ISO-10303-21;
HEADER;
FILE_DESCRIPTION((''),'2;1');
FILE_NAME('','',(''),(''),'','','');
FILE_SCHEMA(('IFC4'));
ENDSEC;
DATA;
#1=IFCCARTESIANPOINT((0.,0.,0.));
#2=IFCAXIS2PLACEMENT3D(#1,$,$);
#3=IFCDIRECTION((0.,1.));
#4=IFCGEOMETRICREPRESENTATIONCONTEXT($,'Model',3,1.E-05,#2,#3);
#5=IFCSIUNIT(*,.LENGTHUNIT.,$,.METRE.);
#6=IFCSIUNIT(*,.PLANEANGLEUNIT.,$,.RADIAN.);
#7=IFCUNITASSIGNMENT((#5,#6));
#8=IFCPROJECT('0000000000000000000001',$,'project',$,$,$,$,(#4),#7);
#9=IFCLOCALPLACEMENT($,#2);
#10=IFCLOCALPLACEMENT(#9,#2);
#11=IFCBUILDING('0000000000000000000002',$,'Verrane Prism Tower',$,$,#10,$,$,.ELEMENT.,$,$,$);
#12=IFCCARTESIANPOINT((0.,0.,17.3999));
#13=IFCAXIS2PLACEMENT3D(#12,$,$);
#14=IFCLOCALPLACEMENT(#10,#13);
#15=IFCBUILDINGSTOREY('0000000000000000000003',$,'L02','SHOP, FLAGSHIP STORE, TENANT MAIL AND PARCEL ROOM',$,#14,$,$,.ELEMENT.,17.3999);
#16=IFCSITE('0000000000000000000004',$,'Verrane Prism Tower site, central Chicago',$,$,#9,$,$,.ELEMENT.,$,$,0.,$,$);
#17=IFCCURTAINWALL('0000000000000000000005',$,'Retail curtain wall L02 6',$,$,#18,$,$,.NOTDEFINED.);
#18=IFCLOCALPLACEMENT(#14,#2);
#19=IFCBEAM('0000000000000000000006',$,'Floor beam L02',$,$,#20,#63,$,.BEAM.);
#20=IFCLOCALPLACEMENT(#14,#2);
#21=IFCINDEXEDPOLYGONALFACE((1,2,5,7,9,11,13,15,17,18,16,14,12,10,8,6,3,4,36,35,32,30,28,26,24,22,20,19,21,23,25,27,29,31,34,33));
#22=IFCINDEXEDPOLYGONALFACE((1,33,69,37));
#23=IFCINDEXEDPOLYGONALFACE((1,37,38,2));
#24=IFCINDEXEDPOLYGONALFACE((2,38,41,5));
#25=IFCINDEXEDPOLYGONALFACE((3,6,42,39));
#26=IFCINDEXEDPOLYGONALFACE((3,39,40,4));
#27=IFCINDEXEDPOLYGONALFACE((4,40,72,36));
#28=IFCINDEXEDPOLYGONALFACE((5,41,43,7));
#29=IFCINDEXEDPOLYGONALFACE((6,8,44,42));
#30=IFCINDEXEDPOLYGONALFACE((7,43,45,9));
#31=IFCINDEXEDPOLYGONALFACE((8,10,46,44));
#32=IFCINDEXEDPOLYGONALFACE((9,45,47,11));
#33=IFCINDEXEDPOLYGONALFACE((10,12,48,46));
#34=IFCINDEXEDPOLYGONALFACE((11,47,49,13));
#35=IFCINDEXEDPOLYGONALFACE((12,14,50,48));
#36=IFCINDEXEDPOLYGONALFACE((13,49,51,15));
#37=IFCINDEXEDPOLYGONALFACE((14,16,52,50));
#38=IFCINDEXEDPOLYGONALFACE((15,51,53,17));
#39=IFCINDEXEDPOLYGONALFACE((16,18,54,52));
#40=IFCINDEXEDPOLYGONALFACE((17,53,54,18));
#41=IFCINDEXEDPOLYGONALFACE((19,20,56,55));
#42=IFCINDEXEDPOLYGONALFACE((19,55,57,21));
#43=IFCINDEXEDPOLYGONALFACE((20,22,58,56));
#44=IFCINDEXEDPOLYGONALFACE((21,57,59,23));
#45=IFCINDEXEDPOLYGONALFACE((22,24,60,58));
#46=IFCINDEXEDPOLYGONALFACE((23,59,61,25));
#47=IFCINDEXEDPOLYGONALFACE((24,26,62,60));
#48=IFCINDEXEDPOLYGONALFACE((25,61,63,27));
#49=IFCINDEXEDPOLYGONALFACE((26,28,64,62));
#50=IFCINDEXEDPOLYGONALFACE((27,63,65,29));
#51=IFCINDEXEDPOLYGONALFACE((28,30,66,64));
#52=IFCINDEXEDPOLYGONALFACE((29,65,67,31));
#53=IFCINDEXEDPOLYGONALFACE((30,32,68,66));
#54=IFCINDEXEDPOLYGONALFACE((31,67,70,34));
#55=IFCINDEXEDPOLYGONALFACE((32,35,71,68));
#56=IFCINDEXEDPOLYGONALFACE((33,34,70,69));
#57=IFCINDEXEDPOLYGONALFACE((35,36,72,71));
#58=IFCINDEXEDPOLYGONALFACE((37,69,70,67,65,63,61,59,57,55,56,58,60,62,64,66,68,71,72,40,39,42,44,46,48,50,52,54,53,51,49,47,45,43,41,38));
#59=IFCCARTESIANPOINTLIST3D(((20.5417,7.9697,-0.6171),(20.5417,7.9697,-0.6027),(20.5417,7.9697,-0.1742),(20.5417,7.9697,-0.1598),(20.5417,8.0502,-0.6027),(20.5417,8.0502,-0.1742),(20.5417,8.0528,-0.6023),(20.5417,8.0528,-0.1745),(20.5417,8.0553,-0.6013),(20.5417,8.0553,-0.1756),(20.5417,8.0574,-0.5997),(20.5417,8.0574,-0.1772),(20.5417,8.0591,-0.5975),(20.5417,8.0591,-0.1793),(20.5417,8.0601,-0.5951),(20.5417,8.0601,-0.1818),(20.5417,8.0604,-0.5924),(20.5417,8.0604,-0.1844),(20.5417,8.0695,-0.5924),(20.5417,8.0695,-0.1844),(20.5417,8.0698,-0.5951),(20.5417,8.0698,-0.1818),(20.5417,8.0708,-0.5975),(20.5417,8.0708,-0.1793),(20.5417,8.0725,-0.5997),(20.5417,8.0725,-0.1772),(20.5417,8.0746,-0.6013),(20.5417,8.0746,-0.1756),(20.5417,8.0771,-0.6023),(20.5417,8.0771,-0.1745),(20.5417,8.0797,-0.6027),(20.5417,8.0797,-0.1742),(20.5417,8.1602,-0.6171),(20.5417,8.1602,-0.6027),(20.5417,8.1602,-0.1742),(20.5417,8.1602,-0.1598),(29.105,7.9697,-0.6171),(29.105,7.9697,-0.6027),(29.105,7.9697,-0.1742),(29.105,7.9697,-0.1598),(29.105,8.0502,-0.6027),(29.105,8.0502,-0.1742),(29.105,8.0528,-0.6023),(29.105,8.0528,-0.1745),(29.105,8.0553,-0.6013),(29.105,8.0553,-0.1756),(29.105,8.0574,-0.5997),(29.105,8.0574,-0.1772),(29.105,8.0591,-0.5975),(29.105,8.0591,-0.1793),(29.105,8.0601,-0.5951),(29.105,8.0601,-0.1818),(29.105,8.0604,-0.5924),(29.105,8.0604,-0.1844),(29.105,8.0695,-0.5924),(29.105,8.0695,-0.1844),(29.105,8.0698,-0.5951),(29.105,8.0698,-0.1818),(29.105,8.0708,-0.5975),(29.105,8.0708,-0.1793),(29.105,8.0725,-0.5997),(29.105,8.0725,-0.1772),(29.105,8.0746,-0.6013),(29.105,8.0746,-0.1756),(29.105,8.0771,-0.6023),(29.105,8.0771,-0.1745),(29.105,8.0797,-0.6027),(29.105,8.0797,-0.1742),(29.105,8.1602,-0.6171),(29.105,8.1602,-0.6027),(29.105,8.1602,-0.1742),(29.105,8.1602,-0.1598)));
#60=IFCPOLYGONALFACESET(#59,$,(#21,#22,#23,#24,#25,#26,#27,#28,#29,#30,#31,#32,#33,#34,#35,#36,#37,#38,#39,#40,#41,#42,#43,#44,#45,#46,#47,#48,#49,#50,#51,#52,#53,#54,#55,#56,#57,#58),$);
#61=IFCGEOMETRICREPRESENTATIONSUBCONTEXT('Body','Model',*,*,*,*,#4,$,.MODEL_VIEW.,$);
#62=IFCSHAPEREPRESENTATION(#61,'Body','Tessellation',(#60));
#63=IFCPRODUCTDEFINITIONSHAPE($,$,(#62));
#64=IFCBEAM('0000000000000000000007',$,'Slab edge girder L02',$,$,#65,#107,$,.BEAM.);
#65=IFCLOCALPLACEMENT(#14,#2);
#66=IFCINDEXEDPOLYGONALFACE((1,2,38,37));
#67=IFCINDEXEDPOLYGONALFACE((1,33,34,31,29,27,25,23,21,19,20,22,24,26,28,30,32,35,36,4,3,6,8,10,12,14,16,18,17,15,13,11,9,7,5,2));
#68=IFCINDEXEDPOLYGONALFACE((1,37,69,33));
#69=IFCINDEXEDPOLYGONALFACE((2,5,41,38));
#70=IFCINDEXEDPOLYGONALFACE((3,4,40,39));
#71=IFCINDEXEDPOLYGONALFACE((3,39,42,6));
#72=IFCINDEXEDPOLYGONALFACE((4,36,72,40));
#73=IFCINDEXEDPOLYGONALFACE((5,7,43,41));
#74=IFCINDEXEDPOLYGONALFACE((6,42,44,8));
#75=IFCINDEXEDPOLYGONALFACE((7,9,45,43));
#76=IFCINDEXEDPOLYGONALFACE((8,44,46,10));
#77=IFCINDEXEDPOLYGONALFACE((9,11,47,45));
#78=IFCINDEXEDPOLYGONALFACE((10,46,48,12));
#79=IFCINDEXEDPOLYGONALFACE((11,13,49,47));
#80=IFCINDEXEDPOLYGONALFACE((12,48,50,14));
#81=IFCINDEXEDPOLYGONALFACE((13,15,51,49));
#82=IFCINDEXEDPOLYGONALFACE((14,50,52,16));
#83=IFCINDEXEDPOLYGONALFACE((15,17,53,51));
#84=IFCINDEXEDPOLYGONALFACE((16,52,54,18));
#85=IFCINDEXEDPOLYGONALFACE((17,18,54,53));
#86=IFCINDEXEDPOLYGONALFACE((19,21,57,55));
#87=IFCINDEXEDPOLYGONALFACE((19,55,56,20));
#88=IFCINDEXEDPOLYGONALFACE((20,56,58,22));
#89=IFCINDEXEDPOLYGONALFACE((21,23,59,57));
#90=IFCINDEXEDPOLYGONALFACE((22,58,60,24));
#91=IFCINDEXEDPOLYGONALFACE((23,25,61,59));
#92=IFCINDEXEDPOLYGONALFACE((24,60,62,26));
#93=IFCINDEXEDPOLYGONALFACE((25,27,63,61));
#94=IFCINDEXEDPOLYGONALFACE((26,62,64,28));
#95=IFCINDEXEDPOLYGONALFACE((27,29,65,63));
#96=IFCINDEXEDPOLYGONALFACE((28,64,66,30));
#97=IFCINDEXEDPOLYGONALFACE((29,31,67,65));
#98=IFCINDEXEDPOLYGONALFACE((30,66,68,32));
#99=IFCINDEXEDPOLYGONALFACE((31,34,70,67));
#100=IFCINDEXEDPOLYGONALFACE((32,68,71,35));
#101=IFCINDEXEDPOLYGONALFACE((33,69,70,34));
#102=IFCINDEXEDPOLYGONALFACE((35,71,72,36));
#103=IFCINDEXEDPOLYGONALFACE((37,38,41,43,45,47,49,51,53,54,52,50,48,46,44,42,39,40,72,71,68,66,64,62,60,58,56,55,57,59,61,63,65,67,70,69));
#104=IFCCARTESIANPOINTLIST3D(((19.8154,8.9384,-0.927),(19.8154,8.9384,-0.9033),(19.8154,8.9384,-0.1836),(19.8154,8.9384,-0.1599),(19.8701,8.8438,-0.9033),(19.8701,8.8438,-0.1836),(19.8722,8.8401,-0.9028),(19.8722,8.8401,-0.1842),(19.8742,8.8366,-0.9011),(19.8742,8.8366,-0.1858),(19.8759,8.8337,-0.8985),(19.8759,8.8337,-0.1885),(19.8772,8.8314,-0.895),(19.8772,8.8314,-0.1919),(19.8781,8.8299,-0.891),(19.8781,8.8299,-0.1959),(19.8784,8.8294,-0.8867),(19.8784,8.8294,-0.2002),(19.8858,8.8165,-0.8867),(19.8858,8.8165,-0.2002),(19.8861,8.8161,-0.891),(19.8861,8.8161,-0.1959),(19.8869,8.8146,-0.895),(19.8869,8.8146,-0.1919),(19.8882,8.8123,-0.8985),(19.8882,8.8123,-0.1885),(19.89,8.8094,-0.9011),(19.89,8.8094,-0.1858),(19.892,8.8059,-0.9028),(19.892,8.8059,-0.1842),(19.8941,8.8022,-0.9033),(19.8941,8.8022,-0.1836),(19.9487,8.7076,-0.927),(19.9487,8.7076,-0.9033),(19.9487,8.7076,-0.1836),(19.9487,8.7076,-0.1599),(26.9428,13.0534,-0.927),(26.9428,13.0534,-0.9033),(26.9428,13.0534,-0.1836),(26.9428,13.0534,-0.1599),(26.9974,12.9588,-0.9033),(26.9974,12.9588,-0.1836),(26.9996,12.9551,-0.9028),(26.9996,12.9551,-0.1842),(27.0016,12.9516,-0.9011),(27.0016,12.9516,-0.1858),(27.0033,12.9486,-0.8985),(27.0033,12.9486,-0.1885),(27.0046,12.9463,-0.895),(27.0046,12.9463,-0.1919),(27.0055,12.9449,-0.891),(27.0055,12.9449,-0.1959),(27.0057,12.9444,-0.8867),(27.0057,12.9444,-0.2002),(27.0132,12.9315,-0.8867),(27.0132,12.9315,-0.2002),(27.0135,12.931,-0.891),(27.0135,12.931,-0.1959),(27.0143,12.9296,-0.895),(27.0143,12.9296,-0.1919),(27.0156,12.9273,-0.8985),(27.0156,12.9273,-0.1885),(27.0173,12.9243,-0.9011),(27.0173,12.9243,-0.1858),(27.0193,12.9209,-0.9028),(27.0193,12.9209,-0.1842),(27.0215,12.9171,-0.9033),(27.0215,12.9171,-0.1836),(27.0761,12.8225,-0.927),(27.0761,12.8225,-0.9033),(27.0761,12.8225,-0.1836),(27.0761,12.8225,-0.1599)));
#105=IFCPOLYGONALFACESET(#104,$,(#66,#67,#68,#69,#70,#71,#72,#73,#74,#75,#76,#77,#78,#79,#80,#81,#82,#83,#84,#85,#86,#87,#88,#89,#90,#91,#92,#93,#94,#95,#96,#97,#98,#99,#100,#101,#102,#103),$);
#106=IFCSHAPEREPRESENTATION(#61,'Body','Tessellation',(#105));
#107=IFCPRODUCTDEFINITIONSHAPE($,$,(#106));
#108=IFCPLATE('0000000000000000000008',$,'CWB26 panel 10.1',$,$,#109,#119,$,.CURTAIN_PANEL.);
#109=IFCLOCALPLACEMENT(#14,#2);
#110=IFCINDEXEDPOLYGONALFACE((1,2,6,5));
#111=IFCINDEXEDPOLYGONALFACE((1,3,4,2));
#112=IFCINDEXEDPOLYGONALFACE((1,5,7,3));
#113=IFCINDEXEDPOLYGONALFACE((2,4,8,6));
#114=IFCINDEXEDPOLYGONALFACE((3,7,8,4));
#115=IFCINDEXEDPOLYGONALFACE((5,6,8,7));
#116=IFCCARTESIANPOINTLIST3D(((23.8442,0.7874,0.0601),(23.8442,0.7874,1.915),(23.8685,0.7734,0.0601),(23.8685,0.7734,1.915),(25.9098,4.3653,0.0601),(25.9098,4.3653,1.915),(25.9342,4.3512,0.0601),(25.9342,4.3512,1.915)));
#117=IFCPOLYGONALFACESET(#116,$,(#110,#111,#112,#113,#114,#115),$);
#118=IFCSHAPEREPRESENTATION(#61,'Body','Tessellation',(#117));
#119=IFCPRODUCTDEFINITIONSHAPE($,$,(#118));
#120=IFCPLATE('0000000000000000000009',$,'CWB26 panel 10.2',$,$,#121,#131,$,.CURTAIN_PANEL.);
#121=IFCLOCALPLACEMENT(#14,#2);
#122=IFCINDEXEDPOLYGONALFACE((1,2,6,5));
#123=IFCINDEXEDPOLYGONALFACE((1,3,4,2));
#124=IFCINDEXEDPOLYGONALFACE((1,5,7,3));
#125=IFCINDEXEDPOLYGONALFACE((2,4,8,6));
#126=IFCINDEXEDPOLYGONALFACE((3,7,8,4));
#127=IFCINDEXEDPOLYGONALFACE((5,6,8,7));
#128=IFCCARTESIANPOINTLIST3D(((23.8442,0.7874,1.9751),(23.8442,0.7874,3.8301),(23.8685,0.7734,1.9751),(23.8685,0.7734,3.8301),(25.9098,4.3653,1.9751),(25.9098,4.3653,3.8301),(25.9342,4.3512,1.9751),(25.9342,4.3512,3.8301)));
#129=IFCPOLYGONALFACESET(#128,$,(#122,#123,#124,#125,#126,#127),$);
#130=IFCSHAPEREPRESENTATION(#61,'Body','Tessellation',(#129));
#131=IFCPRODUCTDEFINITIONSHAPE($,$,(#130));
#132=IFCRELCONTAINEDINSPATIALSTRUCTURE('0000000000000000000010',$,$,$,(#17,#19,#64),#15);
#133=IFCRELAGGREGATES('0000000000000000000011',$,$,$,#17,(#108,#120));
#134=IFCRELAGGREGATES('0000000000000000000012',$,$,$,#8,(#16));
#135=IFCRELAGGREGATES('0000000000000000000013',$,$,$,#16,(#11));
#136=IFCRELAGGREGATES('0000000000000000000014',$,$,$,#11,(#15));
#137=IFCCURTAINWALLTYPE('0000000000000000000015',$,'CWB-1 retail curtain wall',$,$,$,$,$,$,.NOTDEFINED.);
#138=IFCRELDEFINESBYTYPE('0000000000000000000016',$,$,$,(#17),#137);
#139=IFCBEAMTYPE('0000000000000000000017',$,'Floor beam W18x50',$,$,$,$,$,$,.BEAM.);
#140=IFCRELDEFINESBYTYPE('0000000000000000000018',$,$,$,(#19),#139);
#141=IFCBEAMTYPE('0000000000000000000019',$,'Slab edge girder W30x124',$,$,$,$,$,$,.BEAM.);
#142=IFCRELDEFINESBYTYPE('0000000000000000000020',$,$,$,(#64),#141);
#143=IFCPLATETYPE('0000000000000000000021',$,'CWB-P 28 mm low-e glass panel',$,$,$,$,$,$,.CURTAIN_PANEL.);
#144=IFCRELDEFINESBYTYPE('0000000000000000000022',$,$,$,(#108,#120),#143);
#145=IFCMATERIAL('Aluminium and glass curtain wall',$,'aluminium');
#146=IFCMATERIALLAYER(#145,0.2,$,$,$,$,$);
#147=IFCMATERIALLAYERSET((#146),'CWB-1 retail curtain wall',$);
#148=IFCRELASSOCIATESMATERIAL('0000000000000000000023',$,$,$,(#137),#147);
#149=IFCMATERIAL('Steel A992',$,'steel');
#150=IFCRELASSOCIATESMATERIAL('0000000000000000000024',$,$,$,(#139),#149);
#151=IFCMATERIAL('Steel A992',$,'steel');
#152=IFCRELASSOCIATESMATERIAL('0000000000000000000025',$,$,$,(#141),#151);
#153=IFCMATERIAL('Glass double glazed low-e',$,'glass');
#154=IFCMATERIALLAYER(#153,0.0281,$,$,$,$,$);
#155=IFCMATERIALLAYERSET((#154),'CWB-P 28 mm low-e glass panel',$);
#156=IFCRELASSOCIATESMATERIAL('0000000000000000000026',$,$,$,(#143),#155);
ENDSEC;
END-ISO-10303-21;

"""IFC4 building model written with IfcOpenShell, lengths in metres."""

from ifc_helpers import new_model, si_unit, direction, frame, origin, origin_2d, place, context, subcontext, project, spatial, rectangle, i_section, extrude, material, layer, layer_set, material_profile, profile_set, type_object, element, aggregate, save


model = new_model("IFC4")

# Units and contexts
model_context = context("Model", 3, precision=1e-05, world=origin(), true_north=direction((0.0, 1.0)))
body_context = subcontext(model_context, "Body", "Model", "MODEL_VIEW")
ifc_project = project(units=[si_unit("LENGTHUNIT", "METRE"), si_unit("PLANEANGLEUNIT", "RADIAN")], contexts=[model_context])

# Site, building, storey
site_placement = place(None, origin())
site = spatial("IfcSite", under=ifc_project, at=site_placement, Name="Verrane Prism Tower site, central Chicago", CompositionType="ELEMENT", RefElevation=0.0)
building_placement = place(site_placement, origin())
building = spatial("IfcBuilding", under=site, at=building_placement, Name="Verrane Prism Tower", CompositionType="ELEMENT")
storey_placement = place(building_placement, frame((0.0, 0.0, 17.3999)))
storey = spatial("IfcBuildingStorey", under=building, at=storey_placement, Name="L02", Description="SHOP, FLAGSHIP STORE, TENANT MAIL AND PARCEL ROOM", CompositionType="ELEMENT", Elevation=17.3999)

# Curtain wall
ifc_material_1 = material(Name="Aluminium and glass curtain wall", Category="aluminium")
ifc_layer_1 = layer(ifc_material_1, 0.2)
ifc_layer_set_1 = layer_set([ifc_layer_1], Name="CWB-1 retail curtain wall")
curtain_wall_type = type_object("IfcCurtainWallType", Name="CWB-1 retail curtain wall", PredefinedType="NOTDEFINED", material=ifc_layer_set_1)
curtain_wall_placement = place(storey_placement, origin())
curtain_wall = element("IfcCurtainWall", 1, at=curtain_wall_placement, inside=storey, type_object=curtain_wall_type, Name="Retail curtain wall L02 6", PredefinedType="NOTDEFINED")

# Beams
ifc_material_2 = material(Name="Steel A992", Category="steel")
ifc_material_profile_1 = material_profile(ifc_material_2, i_section(OverallWidth=0.1904, OverallDepth=0.4573, WebThickness=0.009, FlangeThickness=0.0144, FilletRadius=0.0103, at=origin_2d()), Name="W18x50")
ifc_profile_set_1 = profile_set([ifc_material_profile_1], Name="Steel A992")
beam_type_1 = type_object("IfcBeamType", Name="Floor beam W18x50", PredefinedType="BEAM", material=ifc_profile_set_1)
beam_1_placement = place(storey_placement, frame((20.5417, 8.0649, -0.3884), z_axis=(1.0, 0.0, 0.0), x_axis=(0.0, 1.0, 0.0)))
element("IfcBeam", 2, at=beam_1_placement, inside=storey, type_object=beam_type_1, Name="Floor beam L02", PredefinedType="BEAM", context=body_context, shape_type="SweptSolid", body=[
    extrude(i_section(OverallWidth=0.1904, OverallDepth=0.4573, WebThickness=0.009, FlangeThickness=0.0144, FilletRadius=0.0103, at=origin_2d()), origin(), (0.0, 0.0, 1.0), 8.5632),
])
ifc_material_3 = material(Name="Steel A992", Category="steel")
ifc_material_profile_2 = material_profile(ifc_material_3, i_section(OverallWidth=0.2666, OverallDepth=0.7671, WebThickness=0.0149, FlangeThickness=0.0237, FilletRadius=0.0166, at=origin_2d()), Name="W30x124")
ifc_profile_set_2 = profile_set([ifc_material_profile_2], Name="Steel A992")
beam_type_2 = type_object("IfcBeamType", Name="Slab edge girder W30x124", PredefinedType="BEAM", material=ifc_profile_set_2)
beam_2_placement = place(storey_placement, frame((19.8821, 8.823, -0.5435), z_axis=(0.866028, 0.499996, 0.0), x_axis=(-0.499996, 0.866028, 0.0)))
element("IfcBeam", 3, at=beam_2_placement, inside=storey, type_object=beam_type_2, Name="Slab edge girder L02", PredefinedType="BEAM", context=body_context, shape_type="SweptSolid", body=[
    extrude(i_section(OverallWidth=0.2666, OverallDepth=0.7671, WebThickness=0.0149, FlangeThickness=0.0237, FilletRadius=0.0166, at=origin_2d()), origin(), (0.0, 0.0, 1.0), 8.23),
])

# Plates
ifc_material_4 = material(Name="Glass double glazed low-e", Category="glass")
ifc_layer_2 = layer(ifc_material_4, 0.0281)
ifc_layer_set_2 = layer_set([ifc_layer_2], Name="CWB-P 28 mm low-e glass panel")
plate_type = type_object("IfcPlateType", Name="CWB-P 28 mm low-e glass panel", PredefinedType="CURTAIN_PANEL", material=ifc_layer_set_2)
plate_1_placement = place(storey_placement, frame((24.8892, 2.5693, 0.0601), z_axis=(0.0, 0.0, 1.0), x_axis=(0.5, 0.866025, 0.0)))
plate_1 = element("IfcPlate", 4, at=plate_1_placement, type_object=plate_type, Name="CWB26 panel 10.1", PredefinedType="CURTAIN_PANEL", context=body_context, shape_type="SweptSolid", body=[
    extrude(rectangle(XDim=4.1313, YDim=0.0281, at=origin_2d()), origin(), (0.0, 0.0, 1.0), 1.855),
])
plate_2_placement = place(storey_placement, frame((24.8892, 2.5693, 1.9751), z_axis=(0.0, 0.0, 1.0), x_axis=(0.5, 0.866025, 0.0)))
plate_2 = element("IfcPlate", 5, at=plate_2_placement, type_object=plate_type, Name="CWB26 panel 10.2", PredefinedType="CURTAIN_PANEL", context=body_context, shape_type="SweptSolid", body=[
    extrude(rectangle(XDim=4.1313, YDim=0.0281, at=origin_2d()), origin(), (0.0, 0.0, 1.0), 1.855),
])
aggregate(curtain_wall, [plate_1, plate_2])

save(model, "model.ifc")
